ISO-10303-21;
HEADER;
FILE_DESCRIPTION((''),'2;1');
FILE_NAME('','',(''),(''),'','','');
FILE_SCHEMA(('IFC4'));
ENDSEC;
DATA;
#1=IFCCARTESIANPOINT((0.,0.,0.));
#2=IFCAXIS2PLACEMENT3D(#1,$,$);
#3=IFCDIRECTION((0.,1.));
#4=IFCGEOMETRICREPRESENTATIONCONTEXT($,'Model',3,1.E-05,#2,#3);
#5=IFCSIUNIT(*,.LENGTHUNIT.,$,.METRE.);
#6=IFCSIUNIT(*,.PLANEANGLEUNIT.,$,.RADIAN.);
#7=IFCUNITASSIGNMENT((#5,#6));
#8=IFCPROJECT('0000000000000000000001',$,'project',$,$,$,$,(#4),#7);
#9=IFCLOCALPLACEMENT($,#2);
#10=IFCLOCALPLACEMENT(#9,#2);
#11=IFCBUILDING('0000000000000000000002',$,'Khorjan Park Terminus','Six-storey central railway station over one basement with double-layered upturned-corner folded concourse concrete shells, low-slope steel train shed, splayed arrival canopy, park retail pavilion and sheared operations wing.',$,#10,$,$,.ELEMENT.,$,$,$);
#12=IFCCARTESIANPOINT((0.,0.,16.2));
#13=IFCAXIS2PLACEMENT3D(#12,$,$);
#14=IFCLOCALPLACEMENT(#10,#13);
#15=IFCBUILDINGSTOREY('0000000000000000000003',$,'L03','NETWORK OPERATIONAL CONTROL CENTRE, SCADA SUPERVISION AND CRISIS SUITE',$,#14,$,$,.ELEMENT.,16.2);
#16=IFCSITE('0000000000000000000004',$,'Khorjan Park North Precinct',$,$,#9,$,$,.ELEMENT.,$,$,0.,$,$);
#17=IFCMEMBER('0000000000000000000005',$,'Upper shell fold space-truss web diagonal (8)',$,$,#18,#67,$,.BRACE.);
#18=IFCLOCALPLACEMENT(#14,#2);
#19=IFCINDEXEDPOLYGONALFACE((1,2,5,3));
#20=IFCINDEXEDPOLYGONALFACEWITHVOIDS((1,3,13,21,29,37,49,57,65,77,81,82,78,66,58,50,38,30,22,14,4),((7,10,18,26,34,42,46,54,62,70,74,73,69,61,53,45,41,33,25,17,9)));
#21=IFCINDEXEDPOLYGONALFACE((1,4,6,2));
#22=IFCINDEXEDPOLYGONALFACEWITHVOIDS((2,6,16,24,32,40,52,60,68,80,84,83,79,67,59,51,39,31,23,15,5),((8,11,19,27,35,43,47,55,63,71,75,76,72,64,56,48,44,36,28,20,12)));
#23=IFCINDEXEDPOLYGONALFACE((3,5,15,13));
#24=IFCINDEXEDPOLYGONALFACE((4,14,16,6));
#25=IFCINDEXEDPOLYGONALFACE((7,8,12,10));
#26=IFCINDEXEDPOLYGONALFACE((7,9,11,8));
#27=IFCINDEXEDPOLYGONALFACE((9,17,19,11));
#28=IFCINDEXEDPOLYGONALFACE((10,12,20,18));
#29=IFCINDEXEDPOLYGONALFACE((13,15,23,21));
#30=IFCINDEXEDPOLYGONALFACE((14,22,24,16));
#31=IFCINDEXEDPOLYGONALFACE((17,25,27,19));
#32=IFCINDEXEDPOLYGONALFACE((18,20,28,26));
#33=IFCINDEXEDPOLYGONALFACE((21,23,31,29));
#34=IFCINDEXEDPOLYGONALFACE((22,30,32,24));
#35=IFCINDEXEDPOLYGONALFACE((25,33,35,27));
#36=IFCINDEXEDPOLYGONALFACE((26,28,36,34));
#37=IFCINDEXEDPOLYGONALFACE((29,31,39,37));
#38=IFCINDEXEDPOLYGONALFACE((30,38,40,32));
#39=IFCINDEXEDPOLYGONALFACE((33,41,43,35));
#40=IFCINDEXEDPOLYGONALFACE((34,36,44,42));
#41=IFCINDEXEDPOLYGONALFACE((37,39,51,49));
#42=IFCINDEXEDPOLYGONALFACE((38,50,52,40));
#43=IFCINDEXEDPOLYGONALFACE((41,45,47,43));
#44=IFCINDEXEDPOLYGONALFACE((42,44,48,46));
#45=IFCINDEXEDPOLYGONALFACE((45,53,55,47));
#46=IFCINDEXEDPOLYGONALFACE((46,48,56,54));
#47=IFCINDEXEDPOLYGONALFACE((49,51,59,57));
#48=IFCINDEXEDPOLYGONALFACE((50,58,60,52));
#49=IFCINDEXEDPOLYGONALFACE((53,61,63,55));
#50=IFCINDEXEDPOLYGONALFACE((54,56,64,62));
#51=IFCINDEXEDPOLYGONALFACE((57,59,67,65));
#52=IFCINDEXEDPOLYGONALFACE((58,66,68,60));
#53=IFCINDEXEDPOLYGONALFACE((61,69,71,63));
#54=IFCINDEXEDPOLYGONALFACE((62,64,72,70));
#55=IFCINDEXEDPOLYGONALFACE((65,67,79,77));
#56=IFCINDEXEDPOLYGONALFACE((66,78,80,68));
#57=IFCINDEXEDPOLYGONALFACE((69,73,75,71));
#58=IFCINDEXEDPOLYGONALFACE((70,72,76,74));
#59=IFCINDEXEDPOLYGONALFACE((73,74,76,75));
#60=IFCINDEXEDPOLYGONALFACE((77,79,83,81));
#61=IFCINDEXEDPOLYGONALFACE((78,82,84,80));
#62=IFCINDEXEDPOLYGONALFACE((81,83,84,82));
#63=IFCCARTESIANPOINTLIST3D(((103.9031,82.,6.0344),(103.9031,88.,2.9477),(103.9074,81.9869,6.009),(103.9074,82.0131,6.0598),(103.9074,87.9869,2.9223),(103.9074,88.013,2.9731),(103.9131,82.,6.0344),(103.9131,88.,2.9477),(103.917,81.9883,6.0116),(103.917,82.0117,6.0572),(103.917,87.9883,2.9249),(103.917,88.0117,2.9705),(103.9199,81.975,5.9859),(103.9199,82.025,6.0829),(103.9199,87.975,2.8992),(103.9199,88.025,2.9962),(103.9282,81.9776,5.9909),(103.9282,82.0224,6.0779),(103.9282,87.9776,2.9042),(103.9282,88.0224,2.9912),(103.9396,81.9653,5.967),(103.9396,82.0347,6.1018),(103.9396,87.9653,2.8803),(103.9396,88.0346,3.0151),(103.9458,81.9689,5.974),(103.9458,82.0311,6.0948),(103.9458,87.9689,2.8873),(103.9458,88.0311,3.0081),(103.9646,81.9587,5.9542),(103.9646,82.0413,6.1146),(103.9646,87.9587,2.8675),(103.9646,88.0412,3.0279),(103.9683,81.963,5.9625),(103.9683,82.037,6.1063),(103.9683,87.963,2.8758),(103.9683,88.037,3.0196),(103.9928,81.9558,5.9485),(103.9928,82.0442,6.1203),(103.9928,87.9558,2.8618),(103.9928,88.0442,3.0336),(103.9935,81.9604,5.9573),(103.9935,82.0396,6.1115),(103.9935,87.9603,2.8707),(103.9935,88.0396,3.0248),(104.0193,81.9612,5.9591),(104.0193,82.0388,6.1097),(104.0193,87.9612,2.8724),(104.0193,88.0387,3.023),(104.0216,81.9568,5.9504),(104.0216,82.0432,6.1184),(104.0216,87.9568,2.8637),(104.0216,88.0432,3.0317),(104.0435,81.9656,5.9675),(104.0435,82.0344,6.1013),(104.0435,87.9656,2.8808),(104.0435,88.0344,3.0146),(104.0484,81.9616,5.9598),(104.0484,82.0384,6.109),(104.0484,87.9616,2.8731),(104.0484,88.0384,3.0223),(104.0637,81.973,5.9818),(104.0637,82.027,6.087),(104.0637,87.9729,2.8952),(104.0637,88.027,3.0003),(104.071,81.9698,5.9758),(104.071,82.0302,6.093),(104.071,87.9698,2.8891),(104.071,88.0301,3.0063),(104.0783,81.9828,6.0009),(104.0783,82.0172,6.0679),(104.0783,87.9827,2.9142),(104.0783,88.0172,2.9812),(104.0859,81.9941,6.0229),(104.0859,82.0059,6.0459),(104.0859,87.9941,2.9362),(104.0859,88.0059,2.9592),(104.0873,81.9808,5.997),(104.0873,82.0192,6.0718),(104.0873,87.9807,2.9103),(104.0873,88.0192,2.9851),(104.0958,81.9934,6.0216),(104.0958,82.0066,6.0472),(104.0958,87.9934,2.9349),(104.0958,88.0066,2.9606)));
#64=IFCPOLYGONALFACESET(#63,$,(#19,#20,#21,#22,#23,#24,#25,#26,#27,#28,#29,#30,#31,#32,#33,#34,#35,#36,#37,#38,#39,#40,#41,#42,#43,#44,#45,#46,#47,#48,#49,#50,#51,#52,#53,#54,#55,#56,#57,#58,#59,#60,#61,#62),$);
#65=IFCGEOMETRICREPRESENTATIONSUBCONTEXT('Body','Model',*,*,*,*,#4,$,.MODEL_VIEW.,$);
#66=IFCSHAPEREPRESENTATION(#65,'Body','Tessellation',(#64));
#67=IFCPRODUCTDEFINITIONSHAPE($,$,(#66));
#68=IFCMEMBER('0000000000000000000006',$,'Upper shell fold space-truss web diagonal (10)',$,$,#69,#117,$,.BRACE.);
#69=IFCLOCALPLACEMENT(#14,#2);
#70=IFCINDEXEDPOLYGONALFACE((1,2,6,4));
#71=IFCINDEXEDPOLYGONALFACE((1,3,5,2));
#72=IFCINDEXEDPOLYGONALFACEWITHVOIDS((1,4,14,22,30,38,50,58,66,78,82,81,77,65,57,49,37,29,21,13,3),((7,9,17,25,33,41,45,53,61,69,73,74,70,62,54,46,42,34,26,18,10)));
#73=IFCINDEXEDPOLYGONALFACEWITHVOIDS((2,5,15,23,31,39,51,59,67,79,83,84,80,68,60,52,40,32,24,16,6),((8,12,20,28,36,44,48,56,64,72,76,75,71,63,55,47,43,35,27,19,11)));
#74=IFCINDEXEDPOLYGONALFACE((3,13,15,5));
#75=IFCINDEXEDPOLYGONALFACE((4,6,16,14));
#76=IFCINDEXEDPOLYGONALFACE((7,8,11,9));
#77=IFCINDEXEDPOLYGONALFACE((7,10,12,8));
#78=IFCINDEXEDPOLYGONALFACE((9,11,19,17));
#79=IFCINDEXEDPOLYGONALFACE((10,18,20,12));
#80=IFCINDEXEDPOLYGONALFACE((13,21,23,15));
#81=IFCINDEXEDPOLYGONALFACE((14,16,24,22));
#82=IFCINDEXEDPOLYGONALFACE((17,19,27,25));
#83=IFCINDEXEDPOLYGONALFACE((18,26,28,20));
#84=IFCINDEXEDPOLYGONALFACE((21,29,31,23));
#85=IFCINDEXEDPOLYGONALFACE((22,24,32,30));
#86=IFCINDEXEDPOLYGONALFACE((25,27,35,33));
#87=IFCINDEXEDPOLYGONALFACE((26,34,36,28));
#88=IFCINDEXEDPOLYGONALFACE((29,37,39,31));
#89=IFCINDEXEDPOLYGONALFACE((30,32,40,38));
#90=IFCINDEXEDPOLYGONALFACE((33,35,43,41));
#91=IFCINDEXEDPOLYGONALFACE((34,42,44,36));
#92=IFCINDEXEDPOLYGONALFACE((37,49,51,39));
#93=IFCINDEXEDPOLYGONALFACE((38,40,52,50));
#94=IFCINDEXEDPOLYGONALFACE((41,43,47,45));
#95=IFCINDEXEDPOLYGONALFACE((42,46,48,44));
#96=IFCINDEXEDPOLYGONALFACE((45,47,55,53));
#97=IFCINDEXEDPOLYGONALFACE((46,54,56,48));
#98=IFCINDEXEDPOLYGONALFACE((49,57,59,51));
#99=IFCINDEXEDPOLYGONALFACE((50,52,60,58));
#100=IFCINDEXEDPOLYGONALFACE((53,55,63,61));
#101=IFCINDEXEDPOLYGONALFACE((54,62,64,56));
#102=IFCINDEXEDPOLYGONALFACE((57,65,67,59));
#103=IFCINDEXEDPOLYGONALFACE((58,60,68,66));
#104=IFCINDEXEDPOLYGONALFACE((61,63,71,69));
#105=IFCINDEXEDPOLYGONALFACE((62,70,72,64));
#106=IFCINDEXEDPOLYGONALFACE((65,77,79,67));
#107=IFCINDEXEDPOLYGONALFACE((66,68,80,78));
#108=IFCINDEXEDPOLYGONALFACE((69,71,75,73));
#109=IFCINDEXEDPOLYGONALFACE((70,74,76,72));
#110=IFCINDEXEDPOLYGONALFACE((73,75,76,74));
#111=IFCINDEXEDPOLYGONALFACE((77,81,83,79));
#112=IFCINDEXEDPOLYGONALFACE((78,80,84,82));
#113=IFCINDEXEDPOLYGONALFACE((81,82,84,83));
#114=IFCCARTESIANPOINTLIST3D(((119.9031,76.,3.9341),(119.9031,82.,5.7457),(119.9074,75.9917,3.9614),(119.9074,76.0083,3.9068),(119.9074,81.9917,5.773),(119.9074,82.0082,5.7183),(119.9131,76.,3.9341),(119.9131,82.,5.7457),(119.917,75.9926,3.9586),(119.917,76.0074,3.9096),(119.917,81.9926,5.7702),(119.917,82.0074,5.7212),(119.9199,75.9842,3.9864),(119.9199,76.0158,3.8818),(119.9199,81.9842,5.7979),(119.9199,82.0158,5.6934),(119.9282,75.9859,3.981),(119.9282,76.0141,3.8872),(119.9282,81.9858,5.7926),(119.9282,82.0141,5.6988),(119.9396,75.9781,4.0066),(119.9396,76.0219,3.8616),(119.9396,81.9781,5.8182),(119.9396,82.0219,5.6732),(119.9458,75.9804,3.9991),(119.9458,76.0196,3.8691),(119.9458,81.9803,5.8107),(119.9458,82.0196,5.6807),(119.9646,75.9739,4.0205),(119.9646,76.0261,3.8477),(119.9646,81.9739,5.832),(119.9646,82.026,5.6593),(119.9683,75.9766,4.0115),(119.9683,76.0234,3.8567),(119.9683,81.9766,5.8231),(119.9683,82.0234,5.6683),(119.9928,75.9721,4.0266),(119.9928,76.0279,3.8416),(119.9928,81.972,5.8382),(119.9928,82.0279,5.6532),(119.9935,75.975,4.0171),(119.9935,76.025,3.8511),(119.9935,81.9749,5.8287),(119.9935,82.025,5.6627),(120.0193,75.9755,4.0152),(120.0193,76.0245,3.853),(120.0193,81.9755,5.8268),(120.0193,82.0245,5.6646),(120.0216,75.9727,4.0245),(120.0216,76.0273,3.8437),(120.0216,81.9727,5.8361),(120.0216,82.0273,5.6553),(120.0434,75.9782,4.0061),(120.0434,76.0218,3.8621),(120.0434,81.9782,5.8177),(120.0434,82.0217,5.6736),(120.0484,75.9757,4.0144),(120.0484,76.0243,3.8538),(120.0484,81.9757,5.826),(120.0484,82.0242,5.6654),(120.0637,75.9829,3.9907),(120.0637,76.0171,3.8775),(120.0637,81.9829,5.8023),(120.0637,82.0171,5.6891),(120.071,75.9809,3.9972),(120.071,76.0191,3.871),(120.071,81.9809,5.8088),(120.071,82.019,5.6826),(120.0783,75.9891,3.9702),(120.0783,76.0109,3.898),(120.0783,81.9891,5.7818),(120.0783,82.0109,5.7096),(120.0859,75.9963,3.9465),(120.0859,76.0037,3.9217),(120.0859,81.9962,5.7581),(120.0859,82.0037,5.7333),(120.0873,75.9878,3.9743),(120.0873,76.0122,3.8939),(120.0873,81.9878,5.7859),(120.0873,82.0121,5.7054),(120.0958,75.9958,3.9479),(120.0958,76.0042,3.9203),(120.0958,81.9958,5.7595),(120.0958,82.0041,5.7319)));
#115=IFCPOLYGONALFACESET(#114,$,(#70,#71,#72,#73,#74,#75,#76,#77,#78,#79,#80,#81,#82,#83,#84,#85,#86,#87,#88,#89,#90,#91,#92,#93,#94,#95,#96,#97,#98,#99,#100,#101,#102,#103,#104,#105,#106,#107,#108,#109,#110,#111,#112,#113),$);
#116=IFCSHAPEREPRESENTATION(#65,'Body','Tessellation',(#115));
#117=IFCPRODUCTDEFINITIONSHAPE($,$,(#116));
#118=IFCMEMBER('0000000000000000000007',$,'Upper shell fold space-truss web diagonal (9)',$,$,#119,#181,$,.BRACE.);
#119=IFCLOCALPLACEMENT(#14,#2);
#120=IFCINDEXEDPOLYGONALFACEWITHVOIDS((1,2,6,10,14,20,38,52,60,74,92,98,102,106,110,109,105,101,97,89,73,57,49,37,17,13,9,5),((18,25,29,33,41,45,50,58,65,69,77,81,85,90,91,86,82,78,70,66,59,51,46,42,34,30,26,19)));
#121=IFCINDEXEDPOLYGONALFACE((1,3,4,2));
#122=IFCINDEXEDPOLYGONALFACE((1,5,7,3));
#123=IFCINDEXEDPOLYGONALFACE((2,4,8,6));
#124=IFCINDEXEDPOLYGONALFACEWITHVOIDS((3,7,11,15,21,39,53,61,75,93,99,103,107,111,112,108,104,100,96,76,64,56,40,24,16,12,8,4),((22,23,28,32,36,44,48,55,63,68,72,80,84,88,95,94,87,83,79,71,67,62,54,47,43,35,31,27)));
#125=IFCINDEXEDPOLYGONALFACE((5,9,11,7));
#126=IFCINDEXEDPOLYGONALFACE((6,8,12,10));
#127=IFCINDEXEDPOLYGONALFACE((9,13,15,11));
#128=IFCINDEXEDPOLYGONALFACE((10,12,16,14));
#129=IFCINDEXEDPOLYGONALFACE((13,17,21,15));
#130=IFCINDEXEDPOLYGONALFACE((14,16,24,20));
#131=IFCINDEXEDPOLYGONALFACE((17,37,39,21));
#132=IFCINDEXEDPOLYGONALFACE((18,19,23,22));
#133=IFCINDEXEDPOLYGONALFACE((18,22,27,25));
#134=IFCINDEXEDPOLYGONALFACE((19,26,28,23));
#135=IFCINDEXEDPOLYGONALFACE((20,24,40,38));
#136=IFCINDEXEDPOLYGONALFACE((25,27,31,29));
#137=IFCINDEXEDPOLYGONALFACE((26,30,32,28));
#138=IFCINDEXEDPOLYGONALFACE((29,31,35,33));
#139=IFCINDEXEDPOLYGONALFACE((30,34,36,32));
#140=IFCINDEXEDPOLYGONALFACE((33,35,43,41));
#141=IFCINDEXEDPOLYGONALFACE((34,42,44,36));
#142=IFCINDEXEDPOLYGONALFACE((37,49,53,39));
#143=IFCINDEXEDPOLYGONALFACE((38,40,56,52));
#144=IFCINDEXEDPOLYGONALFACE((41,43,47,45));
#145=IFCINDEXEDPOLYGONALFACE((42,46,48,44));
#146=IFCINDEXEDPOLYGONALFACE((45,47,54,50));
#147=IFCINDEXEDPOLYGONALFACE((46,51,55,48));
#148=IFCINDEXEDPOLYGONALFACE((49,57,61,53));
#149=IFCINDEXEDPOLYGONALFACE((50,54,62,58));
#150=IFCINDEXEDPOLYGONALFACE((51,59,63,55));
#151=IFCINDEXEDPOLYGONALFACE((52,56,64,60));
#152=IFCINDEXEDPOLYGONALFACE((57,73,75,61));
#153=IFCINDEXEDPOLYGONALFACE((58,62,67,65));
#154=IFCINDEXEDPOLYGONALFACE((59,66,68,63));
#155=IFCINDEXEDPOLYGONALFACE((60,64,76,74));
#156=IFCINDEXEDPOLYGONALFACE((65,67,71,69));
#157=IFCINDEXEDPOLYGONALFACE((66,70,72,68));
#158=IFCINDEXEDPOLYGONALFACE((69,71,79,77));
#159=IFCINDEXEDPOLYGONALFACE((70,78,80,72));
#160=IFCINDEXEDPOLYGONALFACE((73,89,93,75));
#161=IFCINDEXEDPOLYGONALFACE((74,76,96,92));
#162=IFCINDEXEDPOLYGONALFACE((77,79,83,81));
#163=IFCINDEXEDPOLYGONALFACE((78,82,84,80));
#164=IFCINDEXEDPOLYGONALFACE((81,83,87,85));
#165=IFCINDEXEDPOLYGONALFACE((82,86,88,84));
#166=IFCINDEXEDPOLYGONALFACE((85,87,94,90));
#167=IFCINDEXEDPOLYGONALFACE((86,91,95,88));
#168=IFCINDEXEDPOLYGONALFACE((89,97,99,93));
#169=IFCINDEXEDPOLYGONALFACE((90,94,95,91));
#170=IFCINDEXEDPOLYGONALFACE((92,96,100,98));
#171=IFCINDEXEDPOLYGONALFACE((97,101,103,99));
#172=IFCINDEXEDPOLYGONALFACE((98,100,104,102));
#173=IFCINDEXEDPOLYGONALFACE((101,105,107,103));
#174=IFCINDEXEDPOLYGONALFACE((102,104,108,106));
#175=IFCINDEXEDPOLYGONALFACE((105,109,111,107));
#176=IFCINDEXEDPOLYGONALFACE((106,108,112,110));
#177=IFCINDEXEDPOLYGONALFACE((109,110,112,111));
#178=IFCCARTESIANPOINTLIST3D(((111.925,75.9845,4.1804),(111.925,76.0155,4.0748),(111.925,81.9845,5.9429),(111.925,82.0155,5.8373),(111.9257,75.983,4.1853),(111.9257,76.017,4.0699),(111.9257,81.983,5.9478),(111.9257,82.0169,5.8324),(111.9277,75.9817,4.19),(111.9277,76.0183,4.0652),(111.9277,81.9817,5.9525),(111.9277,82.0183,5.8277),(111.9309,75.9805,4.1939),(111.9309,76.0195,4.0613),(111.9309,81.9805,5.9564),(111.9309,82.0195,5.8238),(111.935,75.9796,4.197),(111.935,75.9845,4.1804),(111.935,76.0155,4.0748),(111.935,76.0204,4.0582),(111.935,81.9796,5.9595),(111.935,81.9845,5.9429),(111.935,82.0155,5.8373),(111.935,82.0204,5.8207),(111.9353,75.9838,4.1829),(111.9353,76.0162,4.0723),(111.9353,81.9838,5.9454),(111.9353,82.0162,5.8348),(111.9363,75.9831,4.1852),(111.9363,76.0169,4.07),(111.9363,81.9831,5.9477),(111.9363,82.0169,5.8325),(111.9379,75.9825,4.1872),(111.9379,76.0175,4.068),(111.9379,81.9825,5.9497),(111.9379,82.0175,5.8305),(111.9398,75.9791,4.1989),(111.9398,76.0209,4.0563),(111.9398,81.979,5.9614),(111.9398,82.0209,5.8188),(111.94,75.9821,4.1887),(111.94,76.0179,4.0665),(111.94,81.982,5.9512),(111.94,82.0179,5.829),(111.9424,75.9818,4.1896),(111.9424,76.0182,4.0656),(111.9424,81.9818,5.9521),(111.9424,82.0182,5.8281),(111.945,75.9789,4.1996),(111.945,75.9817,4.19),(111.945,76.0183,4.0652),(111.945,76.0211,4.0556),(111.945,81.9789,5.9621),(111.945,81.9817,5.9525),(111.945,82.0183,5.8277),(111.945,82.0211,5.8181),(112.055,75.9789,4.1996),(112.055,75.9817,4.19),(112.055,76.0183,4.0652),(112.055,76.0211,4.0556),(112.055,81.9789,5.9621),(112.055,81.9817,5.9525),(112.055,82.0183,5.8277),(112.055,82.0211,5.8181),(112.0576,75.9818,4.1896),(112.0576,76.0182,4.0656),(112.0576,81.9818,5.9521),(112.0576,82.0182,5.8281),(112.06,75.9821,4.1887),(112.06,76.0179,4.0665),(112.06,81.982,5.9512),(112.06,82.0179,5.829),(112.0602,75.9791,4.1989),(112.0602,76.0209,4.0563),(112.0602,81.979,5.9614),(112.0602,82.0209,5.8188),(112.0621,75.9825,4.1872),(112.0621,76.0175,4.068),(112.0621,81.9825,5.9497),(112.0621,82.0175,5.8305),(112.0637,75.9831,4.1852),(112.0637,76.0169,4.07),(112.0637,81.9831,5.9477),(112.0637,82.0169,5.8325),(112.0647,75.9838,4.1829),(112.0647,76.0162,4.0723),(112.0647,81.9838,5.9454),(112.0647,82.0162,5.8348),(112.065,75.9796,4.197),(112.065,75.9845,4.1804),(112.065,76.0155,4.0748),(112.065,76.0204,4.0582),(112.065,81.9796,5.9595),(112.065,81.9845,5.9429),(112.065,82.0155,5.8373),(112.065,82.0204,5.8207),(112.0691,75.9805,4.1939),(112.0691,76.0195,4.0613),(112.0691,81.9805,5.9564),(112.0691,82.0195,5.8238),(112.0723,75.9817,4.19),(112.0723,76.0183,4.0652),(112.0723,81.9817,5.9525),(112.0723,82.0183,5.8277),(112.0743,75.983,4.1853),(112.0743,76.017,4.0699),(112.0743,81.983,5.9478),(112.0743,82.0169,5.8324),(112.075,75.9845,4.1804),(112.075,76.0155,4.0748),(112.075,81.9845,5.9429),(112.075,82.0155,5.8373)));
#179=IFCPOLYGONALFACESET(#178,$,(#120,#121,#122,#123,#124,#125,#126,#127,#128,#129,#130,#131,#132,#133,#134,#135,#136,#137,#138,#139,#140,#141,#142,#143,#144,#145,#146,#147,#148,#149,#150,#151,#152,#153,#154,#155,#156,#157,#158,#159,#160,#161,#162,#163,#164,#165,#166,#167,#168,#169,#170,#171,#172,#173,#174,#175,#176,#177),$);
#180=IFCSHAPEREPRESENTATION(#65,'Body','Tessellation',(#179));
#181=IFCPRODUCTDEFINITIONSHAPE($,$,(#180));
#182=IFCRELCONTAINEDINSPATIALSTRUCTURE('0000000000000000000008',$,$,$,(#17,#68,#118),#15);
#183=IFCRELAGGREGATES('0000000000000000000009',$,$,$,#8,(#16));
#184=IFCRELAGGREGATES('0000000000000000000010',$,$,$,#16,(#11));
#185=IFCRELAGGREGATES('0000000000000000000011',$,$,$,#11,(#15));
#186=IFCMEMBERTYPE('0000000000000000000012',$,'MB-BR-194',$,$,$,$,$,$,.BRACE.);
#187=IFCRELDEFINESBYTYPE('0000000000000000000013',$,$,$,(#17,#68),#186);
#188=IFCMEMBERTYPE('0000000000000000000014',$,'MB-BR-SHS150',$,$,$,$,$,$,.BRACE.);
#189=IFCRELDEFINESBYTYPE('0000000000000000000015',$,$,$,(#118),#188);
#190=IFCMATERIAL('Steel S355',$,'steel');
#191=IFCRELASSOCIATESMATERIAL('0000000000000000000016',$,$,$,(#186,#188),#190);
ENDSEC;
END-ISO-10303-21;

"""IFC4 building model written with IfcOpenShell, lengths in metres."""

from ifc_helpers import new_model, si_unit, direction, frame, origin, origin_2d, place, context, subcontext, project, spatial, hollow_rectangle, hollow_circle, extrude, material, material_profile, profile_set, type_object, element, save


model = new_model("IFC4")

# Units and contexts
model_context = context("Model", 3, precision=1e-05, world=origin(), true_north=direction((0.0, 1.0)))
body_context = subcontext(model_context, "Body", "Model", "MODEL_VIEW")
ifc_project = project(units=[si_unit("LENGTHUNIT", "METRE"), si_unit("PLANEANGLEUNIT", "RADIAN")], contexts=[model_context])

# Site, building, storey
site_placement = place(None, origin())
site = spatial("IfcSite", under=ifc_project, at=site_placement, Name="Khorjan Park North Precinct", CompositionType="ELEMENT", RefElevation=0.0)
building_placement = place(site_placement, origin())
building = spatial("IfcBuilding", under=site, at=building_placement, Name="Khorjan Park Terminus", Description="Six-storey central railway station over one basement with double-layered upturned-corner folded concourse concrete shells, low-slope steel train shed, splayed arrival canopy, park retail pavilion and sheared operations wing.", CompositionType="ELEMENT")
storey_placement = place(building_placement, frame((0.0, 0.0, 16.2)))
storey = spatial("IfcBuildingStorey", under=building, at=storey_placement, Name="L03", Description="NETWORK OPERATIONAL CONTROL CENTRE, SCADA SUPERVISION AND CRISIS SUITE", CompositionType="ELEMENT", Elevation=16.2)

# Members
ifc_material = material(Name="Steel S355", Category="steel")
ifc_material_profile_1 = material_profile(ifc_material, hollow_circle(Radius=0.0969, WallThickness=0.01, at=origin_2d()), Name="CHS 193.7x10")
ifc_profile_set_1 = profile_set([ifc_material_profile_1], Name="Steel S355")
member_type_1 = type_object("IfcMemberType", Name="MB-BR-194", PredefinedType="BRACE", material=ifc_profile_set_1)
member_1_placement = place(storey_placement, frame((104.0, 82.0, 6.0344), z_axis=(0.0, 0.889228, -0.457464), x_axis=(-1.0, 0.0, 0.0)))
element("IfcMember", 1, at=member_1_placement, inside=storey, type_object=member_type_1, Name="Upper shell fold space-truss web diagonal (8)", PredefinedType="BRACE", context=body_context, shape_type="SweptSolid", body=[
    extrude(hollow_circle(Radius=0.0969, WallThickness=0.01, at=origin_2d()), origin(), (0.0, 0.0, 1.0), 6.7474),
])
member_2_placement = place(storey_placement, frame((120.0, 76.0, 3.9341), z_axis=(0.0, 0.957315, 0.289045), x_axis=(-1.0, 0.0, 0.0)))
element("IfcMember", 2, at=member_2_placement, inside=storey, type_object=member_type_1, Name="Upper shell fold space-truss web diagonal (10)", PredefinedType="BRACE", context=body_context, shape_type="SweptSolid", body=[
    extrude(hollow_circle(Radius=0.0969, WallThickness=0.01, at=origin_2d()), origin(), (0.0, 0.0, 1.0), 6.2675),
])
ifc_material_profile_2 = material_profile(ifc_material, hollow_rectangle(XDim=0.15, YDim=0.15, WallThickness=0.01, InnerFilletRadius=0.01, OuterFilletRadius=0.02, at=origin_2d()), Name="SHS 150x150x10")
ifc_profile_set_2 = profile_set([ifc_material_profile_2], Name="Steel S355")
member_type_2 = type_object("IfcMemberType", Name="MB-BR-SHS150", PredefinedType="BRACE", material=ifc_profile_set_2)
member_3_placement = place(storey_placement, frame((112.0, 76.0, 4.1276), z_axis=(0.0, 0.959461, 0.281842), x_axis=(-1.0, 0.0, 0.0)))
element("IfcMember", 3, at=member_3_placement, inside=storey, type_object=member_type_2, Name="Upper shell fold space-truss web diagonal (9)", PredefinedType="BRACE", context=body_context, shape_type="SweptSolid", body=[
    extrude(hollow_rectangle(XDim=0.15, YDim=0.15, WallThickness=0.01, InnerFilletRadius=0.01, OuterFilletRadius=0.02, at=origin_2d()), origin(), (0.0, 0.0, 1.0), 6.2535),
])

save(model, "model.ifc")
